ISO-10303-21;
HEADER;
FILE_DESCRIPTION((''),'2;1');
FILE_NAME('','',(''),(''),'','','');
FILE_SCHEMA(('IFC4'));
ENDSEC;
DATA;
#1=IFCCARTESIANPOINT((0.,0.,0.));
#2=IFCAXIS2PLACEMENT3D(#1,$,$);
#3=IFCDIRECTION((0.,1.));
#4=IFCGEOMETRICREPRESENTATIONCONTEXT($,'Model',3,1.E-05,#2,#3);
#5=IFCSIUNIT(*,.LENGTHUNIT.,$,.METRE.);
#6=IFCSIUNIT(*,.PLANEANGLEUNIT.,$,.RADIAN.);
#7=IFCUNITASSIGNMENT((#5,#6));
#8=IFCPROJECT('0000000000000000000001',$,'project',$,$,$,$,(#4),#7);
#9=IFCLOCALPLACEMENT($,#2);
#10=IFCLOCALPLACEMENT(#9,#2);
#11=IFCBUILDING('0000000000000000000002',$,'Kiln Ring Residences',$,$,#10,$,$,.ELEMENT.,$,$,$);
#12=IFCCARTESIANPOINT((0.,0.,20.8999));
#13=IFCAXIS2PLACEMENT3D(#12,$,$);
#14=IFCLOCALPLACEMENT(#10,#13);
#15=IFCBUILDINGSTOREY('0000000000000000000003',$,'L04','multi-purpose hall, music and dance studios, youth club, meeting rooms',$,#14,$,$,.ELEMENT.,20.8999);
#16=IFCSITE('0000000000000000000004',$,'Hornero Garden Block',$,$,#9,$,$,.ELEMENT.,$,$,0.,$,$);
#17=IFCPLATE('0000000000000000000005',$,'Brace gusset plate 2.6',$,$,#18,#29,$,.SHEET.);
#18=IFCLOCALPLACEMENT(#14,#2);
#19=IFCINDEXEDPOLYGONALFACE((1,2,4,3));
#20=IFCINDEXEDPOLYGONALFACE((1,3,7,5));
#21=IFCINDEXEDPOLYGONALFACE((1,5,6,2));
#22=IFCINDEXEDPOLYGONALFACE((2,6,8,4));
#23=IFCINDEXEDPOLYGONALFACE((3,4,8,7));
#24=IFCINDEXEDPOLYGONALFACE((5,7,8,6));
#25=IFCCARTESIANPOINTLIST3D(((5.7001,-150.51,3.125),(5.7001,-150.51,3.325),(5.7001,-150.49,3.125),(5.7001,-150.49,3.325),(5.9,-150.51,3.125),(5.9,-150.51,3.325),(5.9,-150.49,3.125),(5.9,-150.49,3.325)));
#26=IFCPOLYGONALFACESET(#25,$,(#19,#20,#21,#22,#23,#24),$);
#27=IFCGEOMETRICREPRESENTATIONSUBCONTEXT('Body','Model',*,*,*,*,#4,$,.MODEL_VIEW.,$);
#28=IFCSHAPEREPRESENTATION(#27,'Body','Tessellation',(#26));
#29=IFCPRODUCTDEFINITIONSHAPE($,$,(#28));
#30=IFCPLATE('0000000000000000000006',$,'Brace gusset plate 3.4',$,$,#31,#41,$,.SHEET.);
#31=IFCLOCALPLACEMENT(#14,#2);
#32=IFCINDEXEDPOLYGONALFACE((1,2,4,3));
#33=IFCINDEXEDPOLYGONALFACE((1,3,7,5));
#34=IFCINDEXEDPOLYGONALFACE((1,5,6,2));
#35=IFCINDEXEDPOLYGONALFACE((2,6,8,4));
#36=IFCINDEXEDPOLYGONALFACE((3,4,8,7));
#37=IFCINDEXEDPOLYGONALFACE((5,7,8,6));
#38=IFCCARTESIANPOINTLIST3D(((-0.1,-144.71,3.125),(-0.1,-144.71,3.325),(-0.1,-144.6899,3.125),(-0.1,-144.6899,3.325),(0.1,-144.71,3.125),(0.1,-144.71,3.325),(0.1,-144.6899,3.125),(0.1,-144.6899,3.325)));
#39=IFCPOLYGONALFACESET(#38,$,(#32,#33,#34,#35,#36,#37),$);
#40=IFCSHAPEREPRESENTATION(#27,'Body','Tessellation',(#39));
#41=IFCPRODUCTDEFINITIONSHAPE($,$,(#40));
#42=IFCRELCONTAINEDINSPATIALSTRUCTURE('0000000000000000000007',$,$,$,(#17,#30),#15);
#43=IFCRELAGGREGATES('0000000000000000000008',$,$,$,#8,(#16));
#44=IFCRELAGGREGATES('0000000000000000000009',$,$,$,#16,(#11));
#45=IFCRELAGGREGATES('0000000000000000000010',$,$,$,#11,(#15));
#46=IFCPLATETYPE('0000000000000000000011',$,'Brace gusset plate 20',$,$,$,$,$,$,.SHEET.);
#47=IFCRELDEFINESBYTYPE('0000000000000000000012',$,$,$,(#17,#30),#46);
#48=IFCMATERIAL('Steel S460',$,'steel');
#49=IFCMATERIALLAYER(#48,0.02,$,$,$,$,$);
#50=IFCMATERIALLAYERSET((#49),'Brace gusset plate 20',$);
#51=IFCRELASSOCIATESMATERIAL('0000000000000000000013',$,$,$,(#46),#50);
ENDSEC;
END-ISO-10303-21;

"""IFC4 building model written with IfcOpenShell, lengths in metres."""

from ifc_helpers import new_model, si_unit, direction, frame, origin, origin_2d, place, context, subcontext, project, spatial, rectangle, extrude, material, layer, layer_set, type_object, element, save


model = new_model("IFC4")

# Units and contexts
model_context = context("Model", 3, precision=1e-05, world=origin(), true_north=direction((0.0, 1.0)))
body_context = subcontext(model_context, "Body", "Model", "MODEL_VIEW")
ifc_project = project(units=[si_unit("LENGTHUNIT", "METRE"), si_unit("PLANEANGLEUNIT", "RADIAN")], contexts=[model_context])

# Site, building, storey
site_placement = place(None, origin())
site = spatial("IfcSite", under=ifc_project, at=site_placement, Name="Hornero Garden Block", CompositionType="ELEMENT", RefElevation=0.0)
building_placement = place(site_placement, origin())
building = spatial("IfcBuilding", under=site, at=building_placement, Name="Kiln Ring Residences", CompositionType="ELEMENT")
storey_placement = place(building_placement, frame((0.0, 0.0, 20.8999)))
storey = spatial("IfcBuildingStorey", under=building, at=storey_placement, Name="L04", Description="multi-purpose hall, music and dance studios, youth club, meeting rooms", CompositionType="ELEMENT", Elevation=20.8999)

# Plates
ifc_material_1 = material(Name="Steel S460", Category="steel")
ifc_layer = layer(ifc_material_1, 0.02)
ifc_layer_set = layer_set([ifc_layer], Name="Brace gusset plate 20")
plate_type = type_object("IfcPlateType", Name="Brace gusset plate 20", PredefinedType="SHEET", material=ifc_layer_set)
for number, where, z_axis, x_axis, name in (
    (1, (5.8, -150.5, 3.125), (0.0, 0.0, 1.0), (1.0, 0.0, 0.0), "Brace gusset plate 2.6"),
    (2, (0.0, -144.7, 3.125), (0.0, 0.0, 1.0), (1.0, 0.0, 0.0), "Brace gusset plate 3.4"),
):
    element("IfcPlate", number, at=place(storey_placement, frame(where, z_axis=z_axis, x_axis=x_axis)), inside=storey, type_object=plate_type, Name=name, PredefinedType="SHEET", context=body_context, shape_type="SweptSolid", body=[
        extrude(rectangle(XDim=0.2, YDim=0.02, at=origin_2d()), origin(), (0.0, 0.0, 1.0), 0.2),
    ])

save(model, "model.ifc")
